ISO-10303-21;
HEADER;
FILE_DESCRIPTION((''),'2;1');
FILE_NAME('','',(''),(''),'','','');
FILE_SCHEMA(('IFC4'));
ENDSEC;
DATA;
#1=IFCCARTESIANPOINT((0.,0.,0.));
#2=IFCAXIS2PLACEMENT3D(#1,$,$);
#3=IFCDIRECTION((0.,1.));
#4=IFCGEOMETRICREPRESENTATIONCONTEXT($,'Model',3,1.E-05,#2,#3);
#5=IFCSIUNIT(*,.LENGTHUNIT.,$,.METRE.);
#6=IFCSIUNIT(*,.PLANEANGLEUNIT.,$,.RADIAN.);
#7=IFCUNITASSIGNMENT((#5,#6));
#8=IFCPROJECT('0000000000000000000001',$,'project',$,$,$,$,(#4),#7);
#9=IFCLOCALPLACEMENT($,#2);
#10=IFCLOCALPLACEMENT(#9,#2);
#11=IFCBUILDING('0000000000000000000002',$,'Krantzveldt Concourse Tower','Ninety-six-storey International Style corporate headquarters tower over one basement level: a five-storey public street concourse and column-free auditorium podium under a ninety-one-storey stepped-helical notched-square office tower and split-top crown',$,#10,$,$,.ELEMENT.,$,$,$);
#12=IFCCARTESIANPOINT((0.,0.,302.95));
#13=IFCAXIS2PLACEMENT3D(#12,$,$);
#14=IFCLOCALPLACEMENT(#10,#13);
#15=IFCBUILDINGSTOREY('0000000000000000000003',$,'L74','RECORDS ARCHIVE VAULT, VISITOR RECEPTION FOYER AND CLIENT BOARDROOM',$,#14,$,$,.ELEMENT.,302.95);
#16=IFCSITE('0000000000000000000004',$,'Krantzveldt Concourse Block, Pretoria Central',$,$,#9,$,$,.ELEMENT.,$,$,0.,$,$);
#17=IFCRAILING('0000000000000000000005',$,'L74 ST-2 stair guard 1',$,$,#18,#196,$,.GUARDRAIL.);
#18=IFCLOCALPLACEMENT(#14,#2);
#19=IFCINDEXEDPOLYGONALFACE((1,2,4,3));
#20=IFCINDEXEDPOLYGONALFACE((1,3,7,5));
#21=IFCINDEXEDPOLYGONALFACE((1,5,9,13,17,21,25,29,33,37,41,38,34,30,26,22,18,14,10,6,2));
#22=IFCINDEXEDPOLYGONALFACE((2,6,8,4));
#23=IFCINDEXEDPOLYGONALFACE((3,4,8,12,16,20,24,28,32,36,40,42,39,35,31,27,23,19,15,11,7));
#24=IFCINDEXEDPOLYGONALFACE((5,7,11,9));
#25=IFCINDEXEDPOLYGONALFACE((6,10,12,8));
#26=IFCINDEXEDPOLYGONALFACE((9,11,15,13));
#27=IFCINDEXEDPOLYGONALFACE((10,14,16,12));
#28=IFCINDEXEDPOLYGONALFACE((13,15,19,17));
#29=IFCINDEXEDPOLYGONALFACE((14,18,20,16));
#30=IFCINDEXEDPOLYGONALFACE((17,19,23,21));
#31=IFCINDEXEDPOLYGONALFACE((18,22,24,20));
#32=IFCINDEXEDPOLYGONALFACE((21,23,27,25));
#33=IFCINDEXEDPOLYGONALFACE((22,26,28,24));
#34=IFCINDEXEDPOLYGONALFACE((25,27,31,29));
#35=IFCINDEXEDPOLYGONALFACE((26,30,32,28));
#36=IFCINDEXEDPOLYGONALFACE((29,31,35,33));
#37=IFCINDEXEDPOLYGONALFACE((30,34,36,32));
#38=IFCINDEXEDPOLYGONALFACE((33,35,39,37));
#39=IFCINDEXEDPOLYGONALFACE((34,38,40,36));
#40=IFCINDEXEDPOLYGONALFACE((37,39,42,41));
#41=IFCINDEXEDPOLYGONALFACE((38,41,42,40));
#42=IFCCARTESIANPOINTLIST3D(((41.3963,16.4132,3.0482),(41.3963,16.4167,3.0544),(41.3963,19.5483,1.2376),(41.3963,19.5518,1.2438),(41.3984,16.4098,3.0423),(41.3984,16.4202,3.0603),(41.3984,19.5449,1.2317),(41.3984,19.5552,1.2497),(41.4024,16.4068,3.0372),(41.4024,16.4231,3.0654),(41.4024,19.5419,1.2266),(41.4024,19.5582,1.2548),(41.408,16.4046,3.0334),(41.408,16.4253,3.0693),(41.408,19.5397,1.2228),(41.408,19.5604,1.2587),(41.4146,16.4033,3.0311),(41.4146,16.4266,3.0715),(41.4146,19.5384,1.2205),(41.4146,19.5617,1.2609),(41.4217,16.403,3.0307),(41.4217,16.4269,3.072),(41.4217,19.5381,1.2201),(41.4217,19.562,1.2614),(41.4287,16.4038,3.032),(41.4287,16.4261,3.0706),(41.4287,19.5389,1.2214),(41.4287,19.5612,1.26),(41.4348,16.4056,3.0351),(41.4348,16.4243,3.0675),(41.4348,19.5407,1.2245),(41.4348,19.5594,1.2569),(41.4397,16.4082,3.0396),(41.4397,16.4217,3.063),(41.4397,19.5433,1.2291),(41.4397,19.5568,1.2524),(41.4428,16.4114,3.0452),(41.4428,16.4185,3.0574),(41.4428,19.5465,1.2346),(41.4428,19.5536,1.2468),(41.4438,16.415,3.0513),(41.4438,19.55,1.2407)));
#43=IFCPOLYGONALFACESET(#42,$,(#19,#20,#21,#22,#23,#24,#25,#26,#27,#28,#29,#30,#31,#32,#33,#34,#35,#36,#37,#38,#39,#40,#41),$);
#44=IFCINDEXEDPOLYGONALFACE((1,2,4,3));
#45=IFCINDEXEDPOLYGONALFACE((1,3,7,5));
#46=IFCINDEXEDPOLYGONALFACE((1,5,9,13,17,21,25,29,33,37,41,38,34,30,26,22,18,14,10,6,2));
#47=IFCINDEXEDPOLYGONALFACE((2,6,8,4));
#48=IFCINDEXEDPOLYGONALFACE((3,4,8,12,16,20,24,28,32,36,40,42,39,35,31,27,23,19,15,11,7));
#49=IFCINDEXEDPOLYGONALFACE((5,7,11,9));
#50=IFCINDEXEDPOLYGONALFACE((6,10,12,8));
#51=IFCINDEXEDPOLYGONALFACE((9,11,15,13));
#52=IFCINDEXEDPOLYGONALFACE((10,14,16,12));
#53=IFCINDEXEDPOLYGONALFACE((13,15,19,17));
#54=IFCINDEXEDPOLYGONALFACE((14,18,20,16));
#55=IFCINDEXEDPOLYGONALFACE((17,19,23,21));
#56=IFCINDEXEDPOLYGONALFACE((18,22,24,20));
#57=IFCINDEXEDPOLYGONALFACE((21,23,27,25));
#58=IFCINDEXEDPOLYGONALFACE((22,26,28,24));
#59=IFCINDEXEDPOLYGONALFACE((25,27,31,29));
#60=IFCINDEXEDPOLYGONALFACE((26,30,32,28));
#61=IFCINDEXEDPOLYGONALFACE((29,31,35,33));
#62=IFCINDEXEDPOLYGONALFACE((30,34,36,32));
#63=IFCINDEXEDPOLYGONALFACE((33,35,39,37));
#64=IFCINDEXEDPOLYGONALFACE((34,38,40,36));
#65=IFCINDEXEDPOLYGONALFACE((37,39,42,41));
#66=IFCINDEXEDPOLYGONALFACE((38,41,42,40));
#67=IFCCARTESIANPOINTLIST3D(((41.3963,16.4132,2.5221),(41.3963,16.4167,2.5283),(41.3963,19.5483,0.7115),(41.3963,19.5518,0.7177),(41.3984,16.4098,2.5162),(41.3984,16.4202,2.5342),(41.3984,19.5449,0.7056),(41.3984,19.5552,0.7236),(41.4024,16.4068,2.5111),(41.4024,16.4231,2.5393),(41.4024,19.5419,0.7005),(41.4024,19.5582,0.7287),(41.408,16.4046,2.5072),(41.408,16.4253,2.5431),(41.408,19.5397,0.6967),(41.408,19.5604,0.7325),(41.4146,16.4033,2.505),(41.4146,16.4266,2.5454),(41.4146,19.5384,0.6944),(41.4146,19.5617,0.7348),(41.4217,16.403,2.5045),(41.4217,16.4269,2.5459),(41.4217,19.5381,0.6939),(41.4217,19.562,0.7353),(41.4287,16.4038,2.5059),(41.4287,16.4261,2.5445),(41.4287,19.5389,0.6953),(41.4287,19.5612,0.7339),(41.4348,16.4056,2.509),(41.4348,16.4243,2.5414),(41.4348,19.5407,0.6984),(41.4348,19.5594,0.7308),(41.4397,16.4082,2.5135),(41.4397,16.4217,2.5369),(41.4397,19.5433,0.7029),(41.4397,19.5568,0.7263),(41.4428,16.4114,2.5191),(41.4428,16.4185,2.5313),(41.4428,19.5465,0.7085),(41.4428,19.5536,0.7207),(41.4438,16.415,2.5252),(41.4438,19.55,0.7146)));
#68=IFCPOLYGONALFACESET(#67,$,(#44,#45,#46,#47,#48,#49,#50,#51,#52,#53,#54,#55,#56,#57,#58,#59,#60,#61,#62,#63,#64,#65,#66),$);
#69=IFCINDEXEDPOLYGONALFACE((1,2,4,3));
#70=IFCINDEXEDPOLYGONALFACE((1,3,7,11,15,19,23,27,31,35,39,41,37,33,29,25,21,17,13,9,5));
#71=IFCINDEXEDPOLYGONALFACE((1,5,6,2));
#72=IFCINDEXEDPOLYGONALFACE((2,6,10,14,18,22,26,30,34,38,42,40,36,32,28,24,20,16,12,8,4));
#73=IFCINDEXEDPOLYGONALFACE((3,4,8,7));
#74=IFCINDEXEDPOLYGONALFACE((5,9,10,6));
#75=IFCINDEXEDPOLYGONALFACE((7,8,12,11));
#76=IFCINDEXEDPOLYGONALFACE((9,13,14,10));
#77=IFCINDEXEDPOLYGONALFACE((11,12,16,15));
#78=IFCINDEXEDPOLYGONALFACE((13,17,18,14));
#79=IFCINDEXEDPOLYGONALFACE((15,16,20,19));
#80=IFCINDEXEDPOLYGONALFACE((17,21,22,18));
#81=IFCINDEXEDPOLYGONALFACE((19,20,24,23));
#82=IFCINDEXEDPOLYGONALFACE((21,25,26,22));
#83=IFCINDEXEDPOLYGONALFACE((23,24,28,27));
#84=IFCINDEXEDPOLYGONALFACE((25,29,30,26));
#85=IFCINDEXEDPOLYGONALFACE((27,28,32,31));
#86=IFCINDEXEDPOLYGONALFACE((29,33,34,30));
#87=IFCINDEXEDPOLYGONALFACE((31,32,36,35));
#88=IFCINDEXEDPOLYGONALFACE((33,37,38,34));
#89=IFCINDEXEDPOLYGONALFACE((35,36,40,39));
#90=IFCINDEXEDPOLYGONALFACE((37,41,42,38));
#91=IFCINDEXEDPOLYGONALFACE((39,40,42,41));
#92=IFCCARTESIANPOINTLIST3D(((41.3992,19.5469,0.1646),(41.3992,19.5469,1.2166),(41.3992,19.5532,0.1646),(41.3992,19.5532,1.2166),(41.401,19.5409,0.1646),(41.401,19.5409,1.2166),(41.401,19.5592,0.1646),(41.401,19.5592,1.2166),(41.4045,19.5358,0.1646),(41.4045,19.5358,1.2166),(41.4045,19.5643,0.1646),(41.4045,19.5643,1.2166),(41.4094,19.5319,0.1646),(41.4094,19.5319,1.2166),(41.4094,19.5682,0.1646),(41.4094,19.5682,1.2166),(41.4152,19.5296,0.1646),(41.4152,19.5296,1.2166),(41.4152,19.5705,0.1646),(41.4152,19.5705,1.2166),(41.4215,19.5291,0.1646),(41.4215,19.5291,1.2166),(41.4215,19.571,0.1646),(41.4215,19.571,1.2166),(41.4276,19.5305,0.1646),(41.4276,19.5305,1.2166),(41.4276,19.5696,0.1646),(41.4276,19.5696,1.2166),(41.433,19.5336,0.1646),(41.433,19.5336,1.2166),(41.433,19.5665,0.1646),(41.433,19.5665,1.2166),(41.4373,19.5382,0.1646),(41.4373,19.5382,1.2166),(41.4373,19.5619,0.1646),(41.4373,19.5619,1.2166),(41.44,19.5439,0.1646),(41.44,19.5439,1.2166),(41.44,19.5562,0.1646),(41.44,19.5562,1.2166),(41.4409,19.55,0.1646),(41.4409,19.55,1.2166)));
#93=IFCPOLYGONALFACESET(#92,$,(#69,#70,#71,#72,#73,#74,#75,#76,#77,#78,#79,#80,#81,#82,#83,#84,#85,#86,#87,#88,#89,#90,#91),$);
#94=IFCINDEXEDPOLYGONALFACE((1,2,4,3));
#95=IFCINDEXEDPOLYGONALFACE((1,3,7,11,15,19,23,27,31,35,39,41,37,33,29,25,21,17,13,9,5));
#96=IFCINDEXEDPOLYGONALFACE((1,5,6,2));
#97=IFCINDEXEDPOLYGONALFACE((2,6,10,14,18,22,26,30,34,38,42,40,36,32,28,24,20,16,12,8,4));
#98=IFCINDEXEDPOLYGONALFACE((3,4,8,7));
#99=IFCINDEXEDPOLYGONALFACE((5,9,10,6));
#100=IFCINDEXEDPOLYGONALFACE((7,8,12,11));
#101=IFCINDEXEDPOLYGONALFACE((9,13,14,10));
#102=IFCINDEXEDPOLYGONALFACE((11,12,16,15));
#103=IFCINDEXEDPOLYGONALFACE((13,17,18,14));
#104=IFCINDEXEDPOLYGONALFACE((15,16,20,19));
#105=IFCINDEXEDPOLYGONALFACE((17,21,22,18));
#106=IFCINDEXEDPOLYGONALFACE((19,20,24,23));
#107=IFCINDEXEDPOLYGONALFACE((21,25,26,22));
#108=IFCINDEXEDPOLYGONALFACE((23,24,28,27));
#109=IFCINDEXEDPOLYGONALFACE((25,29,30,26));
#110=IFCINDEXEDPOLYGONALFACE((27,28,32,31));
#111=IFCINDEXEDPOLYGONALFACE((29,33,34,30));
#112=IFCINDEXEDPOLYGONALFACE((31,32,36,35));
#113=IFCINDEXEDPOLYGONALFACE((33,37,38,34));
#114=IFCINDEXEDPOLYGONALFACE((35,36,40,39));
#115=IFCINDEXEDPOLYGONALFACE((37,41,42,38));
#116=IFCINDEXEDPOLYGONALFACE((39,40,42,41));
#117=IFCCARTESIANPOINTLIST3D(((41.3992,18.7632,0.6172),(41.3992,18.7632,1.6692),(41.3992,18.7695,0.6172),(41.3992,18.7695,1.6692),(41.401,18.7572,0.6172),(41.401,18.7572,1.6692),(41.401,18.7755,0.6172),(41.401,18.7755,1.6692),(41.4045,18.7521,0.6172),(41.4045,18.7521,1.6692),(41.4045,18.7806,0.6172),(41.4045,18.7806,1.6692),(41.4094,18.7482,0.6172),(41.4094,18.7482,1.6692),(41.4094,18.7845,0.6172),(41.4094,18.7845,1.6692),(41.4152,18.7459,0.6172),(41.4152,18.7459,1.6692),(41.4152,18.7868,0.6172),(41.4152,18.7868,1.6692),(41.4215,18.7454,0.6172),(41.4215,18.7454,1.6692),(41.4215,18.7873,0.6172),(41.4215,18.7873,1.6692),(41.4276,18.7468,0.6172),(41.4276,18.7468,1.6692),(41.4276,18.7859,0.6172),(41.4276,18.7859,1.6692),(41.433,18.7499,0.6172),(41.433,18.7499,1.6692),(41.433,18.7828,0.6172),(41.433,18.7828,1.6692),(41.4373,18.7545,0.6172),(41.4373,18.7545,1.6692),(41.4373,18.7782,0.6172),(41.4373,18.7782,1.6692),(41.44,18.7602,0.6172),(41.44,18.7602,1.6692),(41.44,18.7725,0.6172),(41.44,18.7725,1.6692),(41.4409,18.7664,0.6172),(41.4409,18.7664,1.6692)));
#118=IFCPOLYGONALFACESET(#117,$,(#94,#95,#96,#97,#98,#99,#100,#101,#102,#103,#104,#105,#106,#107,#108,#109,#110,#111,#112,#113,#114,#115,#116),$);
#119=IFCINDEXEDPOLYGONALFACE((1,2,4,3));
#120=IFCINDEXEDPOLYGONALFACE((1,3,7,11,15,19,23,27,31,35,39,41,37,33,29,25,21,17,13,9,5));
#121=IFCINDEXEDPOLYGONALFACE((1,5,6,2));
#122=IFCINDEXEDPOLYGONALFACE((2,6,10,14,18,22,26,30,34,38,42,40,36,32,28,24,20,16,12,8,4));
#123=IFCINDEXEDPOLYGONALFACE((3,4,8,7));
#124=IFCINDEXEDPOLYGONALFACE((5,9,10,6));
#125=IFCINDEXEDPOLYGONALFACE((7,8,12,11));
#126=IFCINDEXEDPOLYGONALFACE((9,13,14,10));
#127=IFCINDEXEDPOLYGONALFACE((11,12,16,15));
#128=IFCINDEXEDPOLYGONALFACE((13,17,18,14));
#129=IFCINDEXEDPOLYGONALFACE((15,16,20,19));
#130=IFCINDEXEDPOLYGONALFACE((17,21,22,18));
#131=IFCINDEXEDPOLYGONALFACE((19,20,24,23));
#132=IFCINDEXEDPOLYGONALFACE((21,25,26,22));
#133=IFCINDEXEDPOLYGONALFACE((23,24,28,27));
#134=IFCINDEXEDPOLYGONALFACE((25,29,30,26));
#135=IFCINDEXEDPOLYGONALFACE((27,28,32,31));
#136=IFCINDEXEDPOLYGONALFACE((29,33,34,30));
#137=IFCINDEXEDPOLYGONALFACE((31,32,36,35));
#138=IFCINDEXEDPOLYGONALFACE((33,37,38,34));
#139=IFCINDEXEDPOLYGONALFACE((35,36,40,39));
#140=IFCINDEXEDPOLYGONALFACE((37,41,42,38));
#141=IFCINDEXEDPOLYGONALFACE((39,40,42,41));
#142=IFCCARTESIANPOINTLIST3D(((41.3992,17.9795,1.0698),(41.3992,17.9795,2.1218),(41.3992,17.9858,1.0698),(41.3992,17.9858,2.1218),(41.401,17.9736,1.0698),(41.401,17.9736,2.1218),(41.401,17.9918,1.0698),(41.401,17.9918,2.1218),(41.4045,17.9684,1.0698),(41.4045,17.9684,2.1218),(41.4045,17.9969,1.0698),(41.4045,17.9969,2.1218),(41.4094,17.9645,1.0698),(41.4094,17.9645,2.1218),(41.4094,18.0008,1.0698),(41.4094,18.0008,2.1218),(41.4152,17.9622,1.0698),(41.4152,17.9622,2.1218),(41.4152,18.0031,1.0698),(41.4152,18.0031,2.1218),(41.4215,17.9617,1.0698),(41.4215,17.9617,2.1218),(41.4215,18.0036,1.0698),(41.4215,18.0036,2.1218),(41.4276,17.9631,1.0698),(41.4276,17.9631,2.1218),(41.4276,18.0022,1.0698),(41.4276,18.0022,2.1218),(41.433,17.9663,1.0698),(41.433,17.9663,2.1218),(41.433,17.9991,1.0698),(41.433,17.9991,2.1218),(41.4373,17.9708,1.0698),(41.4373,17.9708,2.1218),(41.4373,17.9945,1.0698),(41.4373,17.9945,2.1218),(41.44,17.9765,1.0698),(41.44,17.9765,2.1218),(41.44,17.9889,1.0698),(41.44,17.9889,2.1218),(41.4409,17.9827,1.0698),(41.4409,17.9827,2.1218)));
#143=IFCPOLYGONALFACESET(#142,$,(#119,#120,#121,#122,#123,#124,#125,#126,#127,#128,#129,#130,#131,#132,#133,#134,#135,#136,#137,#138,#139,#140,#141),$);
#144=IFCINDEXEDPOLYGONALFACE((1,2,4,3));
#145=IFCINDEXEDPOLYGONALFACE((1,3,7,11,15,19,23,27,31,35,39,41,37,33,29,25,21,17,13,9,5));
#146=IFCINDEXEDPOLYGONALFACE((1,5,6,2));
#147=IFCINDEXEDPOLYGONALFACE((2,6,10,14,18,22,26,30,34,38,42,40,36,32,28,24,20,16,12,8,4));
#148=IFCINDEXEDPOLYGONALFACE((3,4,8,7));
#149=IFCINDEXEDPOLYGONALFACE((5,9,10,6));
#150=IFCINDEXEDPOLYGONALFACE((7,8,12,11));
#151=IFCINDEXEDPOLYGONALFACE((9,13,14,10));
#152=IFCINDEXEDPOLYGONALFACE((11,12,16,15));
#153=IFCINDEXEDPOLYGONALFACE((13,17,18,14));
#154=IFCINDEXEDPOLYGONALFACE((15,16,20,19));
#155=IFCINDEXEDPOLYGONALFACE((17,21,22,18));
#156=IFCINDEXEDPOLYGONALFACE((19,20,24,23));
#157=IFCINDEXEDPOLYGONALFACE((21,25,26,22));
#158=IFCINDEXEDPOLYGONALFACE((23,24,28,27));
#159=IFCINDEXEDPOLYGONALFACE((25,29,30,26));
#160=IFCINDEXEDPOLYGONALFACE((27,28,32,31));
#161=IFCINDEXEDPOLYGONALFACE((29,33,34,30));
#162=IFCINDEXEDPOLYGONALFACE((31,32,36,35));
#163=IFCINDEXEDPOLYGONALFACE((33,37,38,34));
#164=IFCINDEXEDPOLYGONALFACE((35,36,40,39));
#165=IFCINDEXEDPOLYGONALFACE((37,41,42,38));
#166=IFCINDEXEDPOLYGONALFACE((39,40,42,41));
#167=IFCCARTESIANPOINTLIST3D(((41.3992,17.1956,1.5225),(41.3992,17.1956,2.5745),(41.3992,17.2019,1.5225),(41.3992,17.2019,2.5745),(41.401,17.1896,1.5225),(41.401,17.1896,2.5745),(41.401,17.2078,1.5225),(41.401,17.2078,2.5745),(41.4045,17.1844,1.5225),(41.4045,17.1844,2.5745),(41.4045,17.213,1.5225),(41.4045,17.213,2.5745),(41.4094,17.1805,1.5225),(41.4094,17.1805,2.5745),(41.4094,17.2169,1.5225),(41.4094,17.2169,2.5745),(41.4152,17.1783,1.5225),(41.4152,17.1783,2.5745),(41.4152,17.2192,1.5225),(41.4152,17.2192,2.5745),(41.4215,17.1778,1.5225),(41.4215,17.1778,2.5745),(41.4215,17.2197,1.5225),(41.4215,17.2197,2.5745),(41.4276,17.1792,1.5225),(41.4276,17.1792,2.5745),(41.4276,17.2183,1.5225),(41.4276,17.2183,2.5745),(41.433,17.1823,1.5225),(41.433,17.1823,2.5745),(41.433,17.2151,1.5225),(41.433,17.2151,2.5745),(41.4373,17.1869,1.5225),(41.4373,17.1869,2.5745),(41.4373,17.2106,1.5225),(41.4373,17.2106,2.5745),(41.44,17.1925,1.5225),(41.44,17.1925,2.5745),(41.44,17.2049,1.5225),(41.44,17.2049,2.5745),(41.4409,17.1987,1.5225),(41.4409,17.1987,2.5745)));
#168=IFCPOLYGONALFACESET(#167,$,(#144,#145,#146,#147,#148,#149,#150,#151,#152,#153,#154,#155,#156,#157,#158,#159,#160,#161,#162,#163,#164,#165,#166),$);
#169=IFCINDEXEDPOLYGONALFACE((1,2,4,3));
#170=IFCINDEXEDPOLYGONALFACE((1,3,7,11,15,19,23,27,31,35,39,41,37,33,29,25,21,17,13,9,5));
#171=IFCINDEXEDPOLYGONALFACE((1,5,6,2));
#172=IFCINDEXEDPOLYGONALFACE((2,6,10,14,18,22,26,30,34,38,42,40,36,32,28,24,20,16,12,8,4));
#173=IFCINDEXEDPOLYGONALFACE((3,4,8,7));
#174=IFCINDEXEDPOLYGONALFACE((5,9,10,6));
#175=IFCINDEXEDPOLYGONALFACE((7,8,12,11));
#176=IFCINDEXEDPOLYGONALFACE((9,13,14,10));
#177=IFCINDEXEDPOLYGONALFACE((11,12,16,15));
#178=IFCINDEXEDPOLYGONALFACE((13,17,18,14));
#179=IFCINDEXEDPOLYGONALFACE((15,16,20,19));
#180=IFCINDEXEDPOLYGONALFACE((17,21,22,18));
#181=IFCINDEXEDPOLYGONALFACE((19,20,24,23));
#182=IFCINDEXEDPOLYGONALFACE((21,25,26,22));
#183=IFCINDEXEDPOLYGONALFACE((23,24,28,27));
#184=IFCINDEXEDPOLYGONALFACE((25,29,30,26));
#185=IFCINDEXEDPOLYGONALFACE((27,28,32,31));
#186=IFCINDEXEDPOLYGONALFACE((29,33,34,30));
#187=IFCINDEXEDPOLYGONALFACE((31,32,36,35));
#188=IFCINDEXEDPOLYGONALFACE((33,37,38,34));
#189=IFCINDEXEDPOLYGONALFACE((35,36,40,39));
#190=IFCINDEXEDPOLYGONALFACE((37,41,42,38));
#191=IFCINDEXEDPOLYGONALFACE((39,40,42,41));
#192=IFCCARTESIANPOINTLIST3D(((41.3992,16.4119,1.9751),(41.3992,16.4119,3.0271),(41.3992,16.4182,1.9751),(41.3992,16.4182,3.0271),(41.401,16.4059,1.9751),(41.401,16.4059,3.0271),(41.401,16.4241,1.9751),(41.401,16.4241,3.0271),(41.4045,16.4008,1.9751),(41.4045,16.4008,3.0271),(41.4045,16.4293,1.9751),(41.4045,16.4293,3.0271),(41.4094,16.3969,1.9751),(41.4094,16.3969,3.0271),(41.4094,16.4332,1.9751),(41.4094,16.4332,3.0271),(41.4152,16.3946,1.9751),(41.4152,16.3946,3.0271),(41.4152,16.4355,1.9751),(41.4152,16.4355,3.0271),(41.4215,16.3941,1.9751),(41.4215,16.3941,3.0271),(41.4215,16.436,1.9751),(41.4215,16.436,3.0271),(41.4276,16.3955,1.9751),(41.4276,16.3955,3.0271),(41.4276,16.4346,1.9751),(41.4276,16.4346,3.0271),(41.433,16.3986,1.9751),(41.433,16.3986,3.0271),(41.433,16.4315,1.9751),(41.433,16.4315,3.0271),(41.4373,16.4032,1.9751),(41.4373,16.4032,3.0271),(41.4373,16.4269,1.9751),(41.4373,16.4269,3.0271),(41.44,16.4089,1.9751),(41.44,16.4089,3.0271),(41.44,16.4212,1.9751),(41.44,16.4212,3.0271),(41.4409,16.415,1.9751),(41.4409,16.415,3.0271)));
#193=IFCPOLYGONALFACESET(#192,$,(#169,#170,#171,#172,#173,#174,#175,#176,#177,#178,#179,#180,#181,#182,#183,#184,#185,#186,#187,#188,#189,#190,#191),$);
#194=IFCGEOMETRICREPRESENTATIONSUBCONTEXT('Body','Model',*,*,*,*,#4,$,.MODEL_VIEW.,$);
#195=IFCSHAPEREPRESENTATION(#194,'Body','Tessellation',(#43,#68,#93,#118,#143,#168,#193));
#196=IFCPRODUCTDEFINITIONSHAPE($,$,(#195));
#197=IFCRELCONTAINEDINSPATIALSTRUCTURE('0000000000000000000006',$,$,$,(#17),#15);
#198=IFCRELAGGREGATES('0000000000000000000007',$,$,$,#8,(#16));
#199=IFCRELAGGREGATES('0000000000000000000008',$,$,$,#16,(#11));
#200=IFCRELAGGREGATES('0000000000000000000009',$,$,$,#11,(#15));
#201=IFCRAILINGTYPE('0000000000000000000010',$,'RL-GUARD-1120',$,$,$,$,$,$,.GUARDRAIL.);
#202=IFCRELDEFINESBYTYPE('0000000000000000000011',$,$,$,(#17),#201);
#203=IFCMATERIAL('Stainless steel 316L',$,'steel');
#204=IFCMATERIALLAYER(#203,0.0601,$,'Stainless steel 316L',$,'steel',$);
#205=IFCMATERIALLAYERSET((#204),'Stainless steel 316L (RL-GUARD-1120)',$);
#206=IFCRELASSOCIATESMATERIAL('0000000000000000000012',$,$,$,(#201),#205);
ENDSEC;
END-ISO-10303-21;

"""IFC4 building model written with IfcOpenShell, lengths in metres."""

from ifc_helpers import new_model, si_unit, direction, frame, origin, origin_2d, place, context, subcontext, project, spatial, circle, extrude, material, layer, layer_set, type_object, element, save


model = new_model("IFC4")

# Units and contexts
model_context = context("Model", 3, precision=1e-05, world=origin(), true_north=direction((0.0, 1.0)))
body_context = subcontext(model_context, "Body", "Model", "MODEL_VIEW")
ifc_project = project(units=[si_unit("LENGTHUNIT", "METRE"), si_unit("PLANEANGLEUNIT", "RADIAN")], contexts=[model_context])

# Site, building, storey
site_placement = place(None, origin())
site = spatial("IfcSite", under=ifc_project, at=site_placement, Name="Krantzveldt Concourse Block, Pretoria Central", CompositionType="ELEMENT", RefElevation=0.0)
building_placement = place(site_placement, origin())
building = spatial("IfcBuilding", under=site, at=building_placement, Name="Krantzveldt Concourse Tower", Description="Ninety-six-storey International Style corporate headquarters tower over one basement level: a five-storey public street concourse and column-free auditorium podium under a ninety-one-storey stepped-helical notched-square office tower and split-top crown", CompositionType="ELEMENT")
storey_placement = place(building_placement, frame((0.0, 0.0, 302.95)))
storey = spatial("IfcBuildingStorey", under=building, at=storey_placement, Name="L74", Description="RECORDS ARCHIVE VAULT, VISITOR RECEPTION FOYER AND CLIENT BOARDROOM", CompositionType="ELEMENT", Elevation=302.95)

# Shared definitions
ifc_material_1 = material(Name="Stainless steel 316L", Category="steel")

# Railing
ifc_layer_1 = layer(ifc_material_1, 0.0601, Name="Stainless steel 316L", Category="steel")
ifc_layer_set_1 = layer_set([ifc_layer_1], Name="Stainless steel 316L (RL-GUARD-1120)")
railing_type_1 = type_object("IfcRailingType", Name="RL-GUARD-1120", PredefinedType="GUARDRAIL", material=ifc_layer_set_1)
railing_1_placement = place(storey_placement, frame((41.4199, 19.55, 0.1646)))
element("IfcRailing", 1, at=railing_1_placement, inside=storey, type_object=railing_type_1, Name="L74 ST-2 stair guard 1", PredefinedType="GUARDRAIL", context=body_context, shape_type="SweptSolid", body=[
    extrude(circle(Radius=0.0239, at=origin_2d()), frame((0.0, 0.0, 1.0762), z_axis=(0.0, -0.86596, 0.500114), x_axis=(1.0, 0.0, 0.0)), (0.0, 0.0, 1.0), 3.6204),
    extrude(circle(Radius=0.0239, at=origin_2d()), frame((0.0, 0.0, 0.55), z_axis=(0.0, -0.86596, 0.500114), x_axis=(1.0, 0.0, 0.0)), (0.0, 0.0, 1.0), 3.6204),
    extrude(circle(Radius=0.021, at=origin_2d()), origin(), (0.0, 0.0, 1.0), 1.052),
    extrude(circle(Radius=0.021, at=origin_2d()), frame((0.0, -0.7837, 0.4526)), (0.0, 0.0, 1.0), 1.052),
    extrude(circle(Radius=0.021, at=origin_2d()), frame((0.0, -1.5674, 0.9053)), (0.0, 0.0, 1.0), 1.052),
    extrude(circle(Radius=0.021, at=origin_2d()), frame((0.0, -2.3513, 1.3579)), (0.0, 0.0, 1.0), 1.052),
    extrude(circle(Radius=0.021, at=origin_2d()), frame((0.0, -3.135, 1.8105)), (0.0, 0.0, 1.0), 1.052),
])

save(model, "model.ifc")
